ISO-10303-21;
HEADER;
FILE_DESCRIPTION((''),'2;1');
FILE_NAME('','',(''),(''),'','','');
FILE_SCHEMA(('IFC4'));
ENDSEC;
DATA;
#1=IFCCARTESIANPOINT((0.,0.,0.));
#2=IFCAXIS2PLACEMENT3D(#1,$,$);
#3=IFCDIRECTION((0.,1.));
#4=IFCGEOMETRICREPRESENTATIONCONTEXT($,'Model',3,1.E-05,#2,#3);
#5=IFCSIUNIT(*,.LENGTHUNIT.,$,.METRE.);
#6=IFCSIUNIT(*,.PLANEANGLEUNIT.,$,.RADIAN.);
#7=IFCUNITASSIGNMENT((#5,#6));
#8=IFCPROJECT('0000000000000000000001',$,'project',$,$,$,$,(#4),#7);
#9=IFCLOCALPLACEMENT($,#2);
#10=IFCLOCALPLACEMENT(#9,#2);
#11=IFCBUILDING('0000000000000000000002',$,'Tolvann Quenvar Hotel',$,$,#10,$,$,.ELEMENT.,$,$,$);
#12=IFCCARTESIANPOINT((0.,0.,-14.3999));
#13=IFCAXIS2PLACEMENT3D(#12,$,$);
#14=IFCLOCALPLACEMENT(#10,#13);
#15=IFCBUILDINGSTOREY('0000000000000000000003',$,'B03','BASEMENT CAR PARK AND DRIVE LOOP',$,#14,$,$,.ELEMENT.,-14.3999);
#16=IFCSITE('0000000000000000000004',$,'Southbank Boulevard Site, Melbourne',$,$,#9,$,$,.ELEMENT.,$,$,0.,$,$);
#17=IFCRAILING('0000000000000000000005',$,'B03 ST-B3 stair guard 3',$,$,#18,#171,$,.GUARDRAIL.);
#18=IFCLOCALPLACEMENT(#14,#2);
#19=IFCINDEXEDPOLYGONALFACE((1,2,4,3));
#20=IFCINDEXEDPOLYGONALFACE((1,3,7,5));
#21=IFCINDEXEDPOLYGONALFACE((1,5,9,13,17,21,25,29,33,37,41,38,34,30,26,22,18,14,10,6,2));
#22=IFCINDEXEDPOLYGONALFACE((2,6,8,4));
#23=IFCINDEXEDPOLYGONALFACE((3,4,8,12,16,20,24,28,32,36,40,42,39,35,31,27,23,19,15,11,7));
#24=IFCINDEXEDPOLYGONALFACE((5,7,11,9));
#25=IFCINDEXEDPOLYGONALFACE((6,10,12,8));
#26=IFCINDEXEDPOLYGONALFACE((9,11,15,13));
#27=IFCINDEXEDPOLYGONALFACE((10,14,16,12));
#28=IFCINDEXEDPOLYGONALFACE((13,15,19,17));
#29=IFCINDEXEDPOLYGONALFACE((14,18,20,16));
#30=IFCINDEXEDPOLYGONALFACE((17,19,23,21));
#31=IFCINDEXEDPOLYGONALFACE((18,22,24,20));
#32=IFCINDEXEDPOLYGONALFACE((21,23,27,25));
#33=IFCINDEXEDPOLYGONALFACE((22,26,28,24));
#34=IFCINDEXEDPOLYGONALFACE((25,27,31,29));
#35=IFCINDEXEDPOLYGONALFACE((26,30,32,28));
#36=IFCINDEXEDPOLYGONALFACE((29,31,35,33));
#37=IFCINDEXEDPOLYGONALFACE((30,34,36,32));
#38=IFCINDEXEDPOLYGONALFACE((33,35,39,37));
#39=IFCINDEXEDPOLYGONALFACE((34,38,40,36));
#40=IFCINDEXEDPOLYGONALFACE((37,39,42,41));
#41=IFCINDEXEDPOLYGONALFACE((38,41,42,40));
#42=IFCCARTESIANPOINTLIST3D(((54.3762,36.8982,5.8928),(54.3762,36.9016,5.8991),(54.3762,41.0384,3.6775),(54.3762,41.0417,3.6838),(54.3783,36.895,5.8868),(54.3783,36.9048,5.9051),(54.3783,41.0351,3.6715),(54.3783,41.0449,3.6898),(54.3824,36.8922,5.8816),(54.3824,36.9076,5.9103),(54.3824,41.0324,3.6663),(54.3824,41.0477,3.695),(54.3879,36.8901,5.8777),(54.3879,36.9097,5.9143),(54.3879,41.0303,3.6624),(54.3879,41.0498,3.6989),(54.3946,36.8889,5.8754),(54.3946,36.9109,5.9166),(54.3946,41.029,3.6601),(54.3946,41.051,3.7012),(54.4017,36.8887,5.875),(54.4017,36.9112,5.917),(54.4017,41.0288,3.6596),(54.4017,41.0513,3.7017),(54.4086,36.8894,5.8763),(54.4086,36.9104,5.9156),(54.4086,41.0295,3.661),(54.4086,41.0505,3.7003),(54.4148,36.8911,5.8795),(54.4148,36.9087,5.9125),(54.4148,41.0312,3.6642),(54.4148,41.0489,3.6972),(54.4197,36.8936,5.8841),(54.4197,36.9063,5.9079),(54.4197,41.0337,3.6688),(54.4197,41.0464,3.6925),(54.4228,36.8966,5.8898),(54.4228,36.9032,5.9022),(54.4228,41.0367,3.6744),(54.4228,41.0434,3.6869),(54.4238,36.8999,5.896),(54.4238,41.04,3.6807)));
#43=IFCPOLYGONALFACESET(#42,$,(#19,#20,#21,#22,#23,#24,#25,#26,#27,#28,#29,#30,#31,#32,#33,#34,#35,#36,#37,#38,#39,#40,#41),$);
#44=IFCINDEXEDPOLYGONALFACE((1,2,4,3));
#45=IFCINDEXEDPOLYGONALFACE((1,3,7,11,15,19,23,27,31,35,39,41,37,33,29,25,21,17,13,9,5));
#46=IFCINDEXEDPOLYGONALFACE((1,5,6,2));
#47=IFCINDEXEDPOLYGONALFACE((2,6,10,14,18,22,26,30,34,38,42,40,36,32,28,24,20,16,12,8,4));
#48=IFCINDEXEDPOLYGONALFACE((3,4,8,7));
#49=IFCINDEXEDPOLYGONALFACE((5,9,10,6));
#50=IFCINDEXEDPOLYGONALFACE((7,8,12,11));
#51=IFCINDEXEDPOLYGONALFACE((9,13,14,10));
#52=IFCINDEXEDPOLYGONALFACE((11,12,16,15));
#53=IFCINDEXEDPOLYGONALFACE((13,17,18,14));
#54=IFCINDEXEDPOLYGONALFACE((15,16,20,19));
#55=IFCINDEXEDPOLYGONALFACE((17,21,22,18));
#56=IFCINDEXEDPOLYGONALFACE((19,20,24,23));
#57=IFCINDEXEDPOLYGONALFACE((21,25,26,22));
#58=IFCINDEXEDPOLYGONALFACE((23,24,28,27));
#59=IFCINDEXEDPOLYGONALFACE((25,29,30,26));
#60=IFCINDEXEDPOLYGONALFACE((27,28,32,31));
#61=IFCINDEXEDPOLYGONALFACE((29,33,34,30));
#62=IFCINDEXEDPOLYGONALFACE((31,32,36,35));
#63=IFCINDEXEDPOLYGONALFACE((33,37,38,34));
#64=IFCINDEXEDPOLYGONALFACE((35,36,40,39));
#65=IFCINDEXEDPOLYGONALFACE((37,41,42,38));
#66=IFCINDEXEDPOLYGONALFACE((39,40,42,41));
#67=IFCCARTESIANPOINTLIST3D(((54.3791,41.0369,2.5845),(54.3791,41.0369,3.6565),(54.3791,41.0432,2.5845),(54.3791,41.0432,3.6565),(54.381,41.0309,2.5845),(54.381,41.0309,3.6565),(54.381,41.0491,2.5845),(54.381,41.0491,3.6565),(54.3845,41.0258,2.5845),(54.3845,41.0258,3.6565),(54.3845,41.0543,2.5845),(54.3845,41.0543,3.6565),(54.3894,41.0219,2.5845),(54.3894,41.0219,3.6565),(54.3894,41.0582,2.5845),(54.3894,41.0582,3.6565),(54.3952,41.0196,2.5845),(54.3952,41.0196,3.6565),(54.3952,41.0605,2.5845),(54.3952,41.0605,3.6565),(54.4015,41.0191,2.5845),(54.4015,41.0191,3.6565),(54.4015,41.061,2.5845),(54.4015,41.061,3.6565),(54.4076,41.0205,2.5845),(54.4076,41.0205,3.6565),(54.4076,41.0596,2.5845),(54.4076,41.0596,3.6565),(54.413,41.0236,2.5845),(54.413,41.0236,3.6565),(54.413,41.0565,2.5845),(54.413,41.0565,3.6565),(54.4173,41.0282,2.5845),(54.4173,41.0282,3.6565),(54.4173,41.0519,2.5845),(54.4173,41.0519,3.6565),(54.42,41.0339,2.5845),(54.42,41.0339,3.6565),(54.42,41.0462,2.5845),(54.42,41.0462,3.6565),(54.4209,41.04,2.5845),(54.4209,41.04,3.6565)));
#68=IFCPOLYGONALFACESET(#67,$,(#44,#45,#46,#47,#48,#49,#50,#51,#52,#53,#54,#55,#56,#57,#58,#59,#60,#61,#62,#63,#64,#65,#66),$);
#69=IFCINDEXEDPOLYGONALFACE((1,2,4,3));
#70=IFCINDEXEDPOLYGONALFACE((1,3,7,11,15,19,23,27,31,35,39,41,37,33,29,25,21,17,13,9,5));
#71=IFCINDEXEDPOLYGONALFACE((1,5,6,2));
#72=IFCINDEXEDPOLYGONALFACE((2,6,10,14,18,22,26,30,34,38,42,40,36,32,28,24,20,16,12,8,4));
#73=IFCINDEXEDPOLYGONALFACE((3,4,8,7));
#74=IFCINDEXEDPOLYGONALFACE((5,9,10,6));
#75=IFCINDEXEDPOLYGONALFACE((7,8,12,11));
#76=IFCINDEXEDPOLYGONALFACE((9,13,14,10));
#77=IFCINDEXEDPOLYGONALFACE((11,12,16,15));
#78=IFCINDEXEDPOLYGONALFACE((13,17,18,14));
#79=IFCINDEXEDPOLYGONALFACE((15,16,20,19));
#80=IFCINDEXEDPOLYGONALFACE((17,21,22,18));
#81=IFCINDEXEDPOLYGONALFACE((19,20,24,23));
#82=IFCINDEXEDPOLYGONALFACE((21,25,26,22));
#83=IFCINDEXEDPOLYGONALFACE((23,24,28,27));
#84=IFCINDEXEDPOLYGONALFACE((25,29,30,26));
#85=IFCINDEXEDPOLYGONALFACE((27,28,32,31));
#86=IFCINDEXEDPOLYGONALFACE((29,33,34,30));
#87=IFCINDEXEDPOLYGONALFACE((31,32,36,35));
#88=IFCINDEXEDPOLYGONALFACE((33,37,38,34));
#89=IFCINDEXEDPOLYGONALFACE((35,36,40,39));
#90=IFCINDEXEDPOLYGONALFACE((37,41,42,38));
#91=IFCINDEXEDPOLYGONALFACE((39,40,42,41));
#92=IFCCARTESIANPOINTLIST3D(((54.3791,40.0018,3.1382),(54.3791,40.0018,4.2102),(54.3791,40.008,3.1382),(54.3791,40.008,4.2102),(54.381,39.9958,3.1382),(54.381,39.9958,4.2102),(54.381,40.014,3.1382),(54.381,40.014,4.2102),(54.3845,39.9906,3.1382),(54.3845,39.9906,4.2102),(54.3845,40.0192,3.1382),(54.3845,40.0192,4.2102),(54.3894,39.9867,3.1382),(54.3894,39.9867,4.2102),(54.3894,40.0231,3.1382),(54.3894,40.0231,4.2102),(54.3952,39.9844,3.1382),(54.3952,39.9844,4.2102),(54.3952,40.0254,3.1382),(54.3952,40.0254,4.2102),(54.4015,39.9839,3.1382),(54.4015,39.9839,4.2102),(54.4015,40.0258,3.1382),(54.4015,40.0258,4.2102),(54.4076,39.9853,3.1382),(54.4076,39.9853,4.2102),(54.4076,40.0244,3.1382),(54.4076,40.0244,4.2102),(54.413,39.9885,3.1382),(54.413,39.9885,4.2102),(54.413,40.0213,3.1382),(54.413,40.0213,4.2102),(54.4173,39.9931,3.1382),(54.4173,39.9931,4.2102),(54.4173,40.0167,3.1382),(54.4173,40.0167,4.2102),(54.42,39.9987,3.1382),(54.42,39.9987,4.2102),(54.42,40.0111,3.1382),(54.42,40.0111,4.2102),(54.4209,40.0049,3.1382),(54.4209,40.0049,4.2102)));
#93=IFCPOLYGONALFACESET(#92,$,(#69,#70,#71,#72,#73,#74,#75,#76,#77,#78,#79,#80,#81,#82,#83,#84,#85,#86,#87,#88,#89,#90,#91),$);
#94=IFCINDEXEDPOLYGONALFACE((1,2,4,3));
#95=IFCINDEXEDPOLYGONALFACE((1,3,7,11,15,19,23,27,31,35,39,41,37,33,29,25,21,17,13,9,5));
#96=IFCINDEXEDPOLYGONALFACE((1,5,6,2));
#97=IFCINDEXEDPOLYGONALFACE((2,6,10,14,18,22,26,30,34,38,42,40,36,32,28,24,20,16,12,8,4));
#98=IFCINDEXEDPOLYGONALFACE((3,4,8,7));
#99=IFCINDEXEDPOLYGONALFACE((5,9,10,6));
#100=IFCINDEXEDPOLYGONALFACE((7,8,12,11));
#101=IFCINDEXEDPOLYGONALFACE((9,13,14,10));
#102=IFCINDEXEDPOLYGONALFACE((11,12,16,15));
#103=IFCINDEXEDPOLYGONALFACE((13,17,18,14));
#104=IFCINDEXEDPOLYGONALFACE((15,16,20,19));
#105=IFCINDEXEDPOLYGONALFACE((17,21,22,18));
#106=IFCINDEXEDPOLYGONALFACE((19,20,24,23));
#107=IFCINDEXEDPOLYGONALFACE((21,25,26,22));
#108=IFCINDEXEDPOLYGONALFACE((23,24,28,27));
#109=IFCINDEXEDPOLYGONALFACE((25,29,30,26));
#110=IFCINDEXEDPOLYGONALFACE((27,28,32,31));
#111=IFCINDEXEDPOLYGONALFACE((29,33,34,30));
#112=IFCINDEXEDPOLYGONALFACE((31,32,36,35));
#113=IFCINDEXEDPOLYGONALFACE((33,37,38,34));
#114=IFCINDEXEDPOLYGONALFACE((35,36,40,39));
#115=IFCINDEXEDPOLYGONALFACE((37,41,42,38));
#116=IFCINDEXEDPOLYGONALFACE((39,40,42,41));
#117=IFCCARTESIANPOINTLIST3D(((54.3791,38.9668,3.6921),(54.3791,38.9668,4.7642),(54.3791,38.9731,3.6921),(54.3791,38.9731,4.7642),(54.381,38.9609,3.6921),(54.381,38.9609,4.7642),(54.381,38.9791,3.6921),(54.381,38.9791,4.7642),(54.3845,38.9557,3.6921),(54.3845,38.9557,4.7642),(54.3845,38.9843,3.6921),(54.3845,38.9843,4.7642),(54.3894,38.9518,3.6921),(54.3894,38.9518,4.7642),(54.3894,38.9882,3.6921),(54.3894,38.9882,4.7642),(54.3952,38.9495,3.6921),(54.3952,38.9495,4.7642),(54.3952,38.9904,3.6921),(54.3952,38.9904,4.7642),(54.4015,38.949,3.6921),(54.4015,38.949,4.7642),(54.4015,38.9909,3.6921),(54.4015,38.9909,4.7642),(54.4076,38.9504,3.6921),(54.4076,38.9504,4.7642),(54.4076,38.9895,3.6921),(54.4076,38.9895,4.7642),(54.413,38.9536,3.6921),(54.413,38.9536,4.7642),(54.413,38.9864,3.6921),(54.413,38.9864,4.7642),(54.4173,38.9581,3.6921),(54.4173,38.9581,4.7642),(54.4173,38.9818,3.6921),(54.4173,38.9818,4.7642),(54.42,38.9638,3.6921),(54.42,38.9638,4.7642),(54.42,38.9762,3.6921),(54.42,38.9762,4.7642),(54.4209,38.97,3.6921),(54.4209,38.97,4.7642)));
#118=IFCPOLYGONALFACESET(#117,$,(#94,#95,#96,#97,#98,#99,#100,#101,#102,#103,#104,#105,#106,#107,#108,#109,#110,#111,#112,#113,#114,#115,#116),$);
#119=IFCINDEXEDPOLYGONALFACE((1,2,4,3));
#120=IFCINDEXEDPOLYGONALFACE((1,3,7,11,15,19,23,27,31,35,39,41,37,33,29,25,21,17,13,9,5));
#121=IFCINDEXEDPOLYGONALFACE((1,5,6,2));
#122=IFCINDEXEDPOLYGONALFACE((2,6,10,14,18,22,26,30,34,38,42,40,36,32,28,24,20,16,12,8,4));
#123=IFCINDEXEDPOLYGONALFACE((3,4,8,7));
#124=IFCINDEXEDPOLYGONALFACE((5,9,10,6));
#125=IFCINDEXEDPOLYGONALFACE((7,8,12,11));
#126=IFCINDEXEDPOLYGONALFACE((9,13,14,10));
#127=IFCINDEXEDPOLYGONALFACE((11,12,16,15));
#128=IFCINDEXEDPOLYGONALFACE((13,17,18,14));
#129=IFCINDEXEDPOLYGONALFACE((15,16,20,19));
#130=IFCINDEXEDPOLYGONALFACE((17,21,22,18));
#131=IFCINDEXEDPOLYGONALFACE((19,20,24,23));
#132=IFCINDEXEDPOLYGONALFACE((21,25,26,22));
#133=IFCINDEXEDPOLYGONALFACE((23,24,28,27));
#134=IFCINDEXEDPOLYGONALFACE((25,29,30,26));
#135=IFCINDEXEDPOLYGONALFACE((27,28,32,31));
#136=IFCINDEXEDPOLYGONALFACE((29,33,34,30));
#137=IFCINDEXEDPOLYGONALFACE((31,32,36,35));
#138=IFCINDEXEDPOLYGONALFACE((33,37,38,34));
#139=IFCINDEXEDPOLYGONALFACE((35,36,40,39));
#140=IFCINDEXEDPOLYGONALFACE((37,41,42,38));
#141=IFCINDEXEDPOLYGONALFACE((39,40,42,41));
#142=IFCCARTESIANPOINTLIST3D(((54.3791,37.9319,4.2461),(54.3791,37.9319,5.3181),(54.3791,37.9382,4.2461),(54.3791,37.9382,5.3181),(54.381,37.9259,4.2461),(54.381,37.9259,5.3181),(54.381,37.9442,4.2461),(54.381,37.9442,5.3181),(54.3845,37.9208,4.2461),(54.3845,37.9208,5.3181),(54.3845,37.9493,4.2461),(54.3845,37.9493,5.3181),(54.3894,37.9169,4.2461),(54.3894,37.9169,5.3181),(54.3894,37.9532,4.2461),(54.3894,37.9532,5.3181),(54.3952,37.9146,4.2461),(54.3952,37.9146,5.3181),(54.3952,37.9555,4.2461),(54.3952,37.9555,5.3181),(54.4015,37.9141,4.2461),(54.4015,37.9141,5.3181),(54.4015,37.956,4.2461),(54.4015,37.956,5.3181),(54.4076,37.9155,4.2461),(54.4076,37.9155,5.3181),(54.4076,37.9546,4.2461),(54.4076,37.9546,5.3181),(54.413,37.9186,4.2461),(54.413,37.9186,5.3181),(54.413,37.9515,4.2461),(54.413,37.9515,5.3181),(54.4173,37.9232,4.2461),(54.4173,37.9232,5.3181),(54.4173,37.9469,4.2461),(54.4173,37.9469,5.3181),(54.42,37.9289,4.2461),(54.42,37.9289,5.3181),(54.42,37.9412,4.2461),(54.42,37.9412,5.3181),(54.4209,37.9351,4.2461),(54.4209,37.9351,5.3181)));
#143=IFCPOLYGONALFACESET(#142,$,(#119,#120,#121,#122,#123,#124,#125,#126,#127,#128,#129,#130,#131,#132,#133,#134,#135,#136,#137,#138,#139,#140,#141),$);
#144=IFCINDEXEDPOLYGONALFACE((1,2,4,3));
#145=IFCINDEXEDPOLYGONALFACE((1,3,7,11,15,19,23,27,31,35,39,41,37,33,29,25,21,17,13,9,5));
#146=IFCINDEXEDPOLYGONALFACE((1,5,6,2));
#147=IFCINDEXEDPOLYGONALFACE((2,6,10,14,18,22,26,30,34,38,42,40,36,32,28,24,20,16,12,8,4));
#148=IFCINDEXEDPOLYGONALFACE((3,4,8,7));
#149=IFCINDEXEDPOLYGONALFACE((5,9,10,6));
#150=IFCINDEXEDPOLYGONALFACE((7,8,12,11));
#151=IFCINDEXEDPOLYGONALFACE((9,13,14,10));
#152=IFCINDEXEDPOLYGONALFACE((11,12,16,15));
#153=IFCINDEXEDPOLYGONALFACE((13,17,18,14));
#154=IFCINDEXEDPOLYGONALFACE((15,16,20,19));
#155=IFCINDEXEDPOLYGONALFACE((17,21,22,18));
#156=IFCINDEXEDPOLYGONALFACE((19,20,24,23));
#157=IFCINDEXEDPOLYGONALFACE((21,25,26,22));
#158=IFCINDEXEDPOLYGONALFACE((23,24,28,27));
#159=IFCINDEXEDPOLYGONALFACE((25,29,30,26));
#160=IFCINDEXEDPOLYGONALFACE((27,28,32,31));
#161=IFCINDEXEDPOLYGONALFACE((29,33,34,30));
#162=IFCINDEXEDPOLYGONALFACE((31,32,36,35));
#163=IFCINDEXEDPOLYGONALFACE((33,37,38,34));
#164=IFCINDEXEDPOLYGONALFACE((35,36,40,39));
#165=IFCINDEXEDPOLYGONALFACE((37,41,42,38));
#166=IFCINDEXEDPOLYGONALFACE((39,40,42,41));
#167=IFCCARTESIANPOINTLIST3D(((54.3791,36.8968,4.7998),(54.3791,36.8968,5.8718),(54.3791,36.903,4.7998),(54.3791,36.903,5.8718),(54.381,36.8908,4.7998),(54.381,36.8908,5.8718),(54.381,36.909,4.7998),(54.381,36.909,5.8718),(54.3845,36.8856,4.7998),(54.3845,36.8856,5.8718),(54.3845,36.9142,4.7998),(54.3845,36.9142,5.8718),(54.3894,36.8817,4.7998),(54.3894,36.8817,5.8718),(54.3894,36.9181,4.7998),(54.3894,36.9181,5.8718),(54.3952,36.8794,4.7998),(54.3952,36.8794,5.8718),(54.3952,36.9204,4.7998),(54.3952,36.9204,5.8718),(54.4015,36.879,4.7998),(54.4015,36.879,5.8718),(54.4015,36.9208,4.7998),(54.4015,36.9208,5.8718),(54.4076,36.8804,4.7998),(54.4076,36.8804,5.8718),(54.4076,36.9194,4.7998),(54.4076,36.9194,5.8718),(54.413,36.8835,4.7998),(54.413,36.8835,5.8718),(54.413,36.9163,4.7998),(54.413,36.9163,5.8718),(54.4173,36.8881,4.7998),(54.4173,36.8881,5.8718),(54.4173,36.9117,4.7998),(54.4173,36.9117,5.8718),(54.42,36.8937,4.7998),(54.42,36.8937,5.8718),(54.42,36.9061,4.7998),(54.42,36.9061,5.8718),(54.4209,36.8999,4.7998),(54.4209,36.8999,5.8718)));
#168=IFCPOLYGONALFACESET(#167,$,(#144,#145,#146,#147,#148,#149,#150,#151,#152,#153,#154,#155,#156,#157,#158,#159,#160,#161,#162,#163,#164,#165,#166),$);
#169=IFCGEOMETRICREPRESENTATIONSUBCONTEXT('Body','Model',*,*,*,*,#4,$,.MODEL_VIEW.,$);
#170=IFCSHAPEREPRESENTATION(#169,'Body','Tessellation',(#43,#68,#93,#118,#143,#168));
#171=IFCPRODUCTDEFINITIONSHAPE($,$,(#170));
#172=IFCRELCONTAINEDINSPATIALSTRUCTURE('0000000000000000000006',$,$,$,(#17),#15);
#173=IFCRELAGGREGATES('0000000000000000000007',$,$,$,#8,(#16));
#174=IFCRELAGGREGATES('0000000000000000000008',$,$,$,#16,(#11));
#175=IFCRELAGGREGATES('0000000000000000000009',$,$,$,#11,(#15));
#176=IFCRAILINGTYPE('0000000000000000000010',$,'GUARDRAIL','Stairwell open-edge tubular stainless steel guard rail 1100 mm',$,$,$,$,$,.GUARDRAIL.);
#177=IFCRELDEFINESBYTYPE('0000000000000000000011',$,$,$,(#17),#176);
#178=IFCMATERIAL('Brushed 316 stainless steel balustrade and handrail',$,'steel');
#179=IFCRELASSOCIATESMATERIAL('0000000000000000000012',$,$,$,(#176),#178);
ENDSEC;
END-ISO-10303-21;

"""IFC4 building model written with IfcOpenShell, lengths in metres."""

from ifc_helpers import new_model, si_unit, direction, frame, origin, origin_2d, place, context, subcontext, project, spatial, circle, extrude, material, type_object, element, save


model = new_model("IFC4")

# Units and contexts
model_context = context("Model", 3, precision=1e-05, world=origin(), true_north=direction((0.0, 1.0)))
body_context = subcontext(model_context, "Body", "Model", "MODEL_VIEW")
ifc_project = project(units=[si_unit("LENGTHUNIT", "METRE"), si_unit("PLANEANGLEUNIT", "RADIAN")], contexts=[model_context])

# Site, building, storey
site_placement = place(None, origin())
site = spatial("IfcSite", under=ifc_project, at=site_placement, Name="Southbank Boulevard Site, Melbourne", CompositionType="ELEMENT", RefElevation=0.0)
building_placement = place(site_placement, origin())
building = spatial("IfcBuilding", under=site, at=building_placement, Name="Tolvann Quenvar Hotel", CompositionType="ELEMENT")
storey_placement = place(building_placement, frame((0.0, 0.0, -14.3999)))
storey = spatial("IfcBuildingStorey", under=building, at=storey_placement, Name="B03", Description="BASEMENT CAR PARK AND DRIVE LOOP", CompositionType="ELEMENT", Elevation=-14.3999)

# Railing
ifc_material_1 = material(Name="Brushed 316 stainless steel balustrade and handrail", Category="steel")
railing_type_1 = type_object("IfcRailingType", Name="GUARDRAIL", Description="Stairwell open-edge tubular stainless steel guard rail 1100 mm", PredefinedType="GUARDRAIL", material=ifc_material_1)
railing_1_placement = place(storey_placement, frame((54.3999, 41.04, 2.5845)))
element("IfcRailing", 1, at=railing_1_placement, inside=storey, type_object=railing_type_1, Name="B03 ST-B3 stair guard 3", PredefinedType="GUARDRAIL", context=body_context, shape_type="SweptSolid", body=[
    extrude(circle(Radius=0.0239, at=origin_2d()), frame((0.0, 0.0, 1.0962), z_axis=(0.0, -0.88171, 0.471791), x_axis=(1.0, 0.0, 0.0)), (0.0, 0.0, 1.0), 4.6956),
    extrude(circle(Radius=0.021, at=origin_2d()), origin(), (0.0, 0.0, 1.0), 1.072),
    extrude(circle(Radius=0.021, at=origin_2d()), frame((0.0, -1.0352, 0.5537)), (0.0, 0.0, 1.0), 1.072),
    extrude(circle(Radius=0.021, at=origin_2d()), frame((0.0, -2.0701, 1.1077)), (0.0, 0.0, 1.0), 1.072),
    extrude(circle(Radius=0.021, at=origin_2d()), frame((0.0, -3.105, 1.6616)), (0.0, 0.0, 1.0), 1.072),
    extrude(circle(Radius=0.021, at=origin_2d()), frame((0.0, -4.1401, 2.2153)), (0.0, 0.0, 1.0), 1.072),
])

save(model, "model.ifc")
